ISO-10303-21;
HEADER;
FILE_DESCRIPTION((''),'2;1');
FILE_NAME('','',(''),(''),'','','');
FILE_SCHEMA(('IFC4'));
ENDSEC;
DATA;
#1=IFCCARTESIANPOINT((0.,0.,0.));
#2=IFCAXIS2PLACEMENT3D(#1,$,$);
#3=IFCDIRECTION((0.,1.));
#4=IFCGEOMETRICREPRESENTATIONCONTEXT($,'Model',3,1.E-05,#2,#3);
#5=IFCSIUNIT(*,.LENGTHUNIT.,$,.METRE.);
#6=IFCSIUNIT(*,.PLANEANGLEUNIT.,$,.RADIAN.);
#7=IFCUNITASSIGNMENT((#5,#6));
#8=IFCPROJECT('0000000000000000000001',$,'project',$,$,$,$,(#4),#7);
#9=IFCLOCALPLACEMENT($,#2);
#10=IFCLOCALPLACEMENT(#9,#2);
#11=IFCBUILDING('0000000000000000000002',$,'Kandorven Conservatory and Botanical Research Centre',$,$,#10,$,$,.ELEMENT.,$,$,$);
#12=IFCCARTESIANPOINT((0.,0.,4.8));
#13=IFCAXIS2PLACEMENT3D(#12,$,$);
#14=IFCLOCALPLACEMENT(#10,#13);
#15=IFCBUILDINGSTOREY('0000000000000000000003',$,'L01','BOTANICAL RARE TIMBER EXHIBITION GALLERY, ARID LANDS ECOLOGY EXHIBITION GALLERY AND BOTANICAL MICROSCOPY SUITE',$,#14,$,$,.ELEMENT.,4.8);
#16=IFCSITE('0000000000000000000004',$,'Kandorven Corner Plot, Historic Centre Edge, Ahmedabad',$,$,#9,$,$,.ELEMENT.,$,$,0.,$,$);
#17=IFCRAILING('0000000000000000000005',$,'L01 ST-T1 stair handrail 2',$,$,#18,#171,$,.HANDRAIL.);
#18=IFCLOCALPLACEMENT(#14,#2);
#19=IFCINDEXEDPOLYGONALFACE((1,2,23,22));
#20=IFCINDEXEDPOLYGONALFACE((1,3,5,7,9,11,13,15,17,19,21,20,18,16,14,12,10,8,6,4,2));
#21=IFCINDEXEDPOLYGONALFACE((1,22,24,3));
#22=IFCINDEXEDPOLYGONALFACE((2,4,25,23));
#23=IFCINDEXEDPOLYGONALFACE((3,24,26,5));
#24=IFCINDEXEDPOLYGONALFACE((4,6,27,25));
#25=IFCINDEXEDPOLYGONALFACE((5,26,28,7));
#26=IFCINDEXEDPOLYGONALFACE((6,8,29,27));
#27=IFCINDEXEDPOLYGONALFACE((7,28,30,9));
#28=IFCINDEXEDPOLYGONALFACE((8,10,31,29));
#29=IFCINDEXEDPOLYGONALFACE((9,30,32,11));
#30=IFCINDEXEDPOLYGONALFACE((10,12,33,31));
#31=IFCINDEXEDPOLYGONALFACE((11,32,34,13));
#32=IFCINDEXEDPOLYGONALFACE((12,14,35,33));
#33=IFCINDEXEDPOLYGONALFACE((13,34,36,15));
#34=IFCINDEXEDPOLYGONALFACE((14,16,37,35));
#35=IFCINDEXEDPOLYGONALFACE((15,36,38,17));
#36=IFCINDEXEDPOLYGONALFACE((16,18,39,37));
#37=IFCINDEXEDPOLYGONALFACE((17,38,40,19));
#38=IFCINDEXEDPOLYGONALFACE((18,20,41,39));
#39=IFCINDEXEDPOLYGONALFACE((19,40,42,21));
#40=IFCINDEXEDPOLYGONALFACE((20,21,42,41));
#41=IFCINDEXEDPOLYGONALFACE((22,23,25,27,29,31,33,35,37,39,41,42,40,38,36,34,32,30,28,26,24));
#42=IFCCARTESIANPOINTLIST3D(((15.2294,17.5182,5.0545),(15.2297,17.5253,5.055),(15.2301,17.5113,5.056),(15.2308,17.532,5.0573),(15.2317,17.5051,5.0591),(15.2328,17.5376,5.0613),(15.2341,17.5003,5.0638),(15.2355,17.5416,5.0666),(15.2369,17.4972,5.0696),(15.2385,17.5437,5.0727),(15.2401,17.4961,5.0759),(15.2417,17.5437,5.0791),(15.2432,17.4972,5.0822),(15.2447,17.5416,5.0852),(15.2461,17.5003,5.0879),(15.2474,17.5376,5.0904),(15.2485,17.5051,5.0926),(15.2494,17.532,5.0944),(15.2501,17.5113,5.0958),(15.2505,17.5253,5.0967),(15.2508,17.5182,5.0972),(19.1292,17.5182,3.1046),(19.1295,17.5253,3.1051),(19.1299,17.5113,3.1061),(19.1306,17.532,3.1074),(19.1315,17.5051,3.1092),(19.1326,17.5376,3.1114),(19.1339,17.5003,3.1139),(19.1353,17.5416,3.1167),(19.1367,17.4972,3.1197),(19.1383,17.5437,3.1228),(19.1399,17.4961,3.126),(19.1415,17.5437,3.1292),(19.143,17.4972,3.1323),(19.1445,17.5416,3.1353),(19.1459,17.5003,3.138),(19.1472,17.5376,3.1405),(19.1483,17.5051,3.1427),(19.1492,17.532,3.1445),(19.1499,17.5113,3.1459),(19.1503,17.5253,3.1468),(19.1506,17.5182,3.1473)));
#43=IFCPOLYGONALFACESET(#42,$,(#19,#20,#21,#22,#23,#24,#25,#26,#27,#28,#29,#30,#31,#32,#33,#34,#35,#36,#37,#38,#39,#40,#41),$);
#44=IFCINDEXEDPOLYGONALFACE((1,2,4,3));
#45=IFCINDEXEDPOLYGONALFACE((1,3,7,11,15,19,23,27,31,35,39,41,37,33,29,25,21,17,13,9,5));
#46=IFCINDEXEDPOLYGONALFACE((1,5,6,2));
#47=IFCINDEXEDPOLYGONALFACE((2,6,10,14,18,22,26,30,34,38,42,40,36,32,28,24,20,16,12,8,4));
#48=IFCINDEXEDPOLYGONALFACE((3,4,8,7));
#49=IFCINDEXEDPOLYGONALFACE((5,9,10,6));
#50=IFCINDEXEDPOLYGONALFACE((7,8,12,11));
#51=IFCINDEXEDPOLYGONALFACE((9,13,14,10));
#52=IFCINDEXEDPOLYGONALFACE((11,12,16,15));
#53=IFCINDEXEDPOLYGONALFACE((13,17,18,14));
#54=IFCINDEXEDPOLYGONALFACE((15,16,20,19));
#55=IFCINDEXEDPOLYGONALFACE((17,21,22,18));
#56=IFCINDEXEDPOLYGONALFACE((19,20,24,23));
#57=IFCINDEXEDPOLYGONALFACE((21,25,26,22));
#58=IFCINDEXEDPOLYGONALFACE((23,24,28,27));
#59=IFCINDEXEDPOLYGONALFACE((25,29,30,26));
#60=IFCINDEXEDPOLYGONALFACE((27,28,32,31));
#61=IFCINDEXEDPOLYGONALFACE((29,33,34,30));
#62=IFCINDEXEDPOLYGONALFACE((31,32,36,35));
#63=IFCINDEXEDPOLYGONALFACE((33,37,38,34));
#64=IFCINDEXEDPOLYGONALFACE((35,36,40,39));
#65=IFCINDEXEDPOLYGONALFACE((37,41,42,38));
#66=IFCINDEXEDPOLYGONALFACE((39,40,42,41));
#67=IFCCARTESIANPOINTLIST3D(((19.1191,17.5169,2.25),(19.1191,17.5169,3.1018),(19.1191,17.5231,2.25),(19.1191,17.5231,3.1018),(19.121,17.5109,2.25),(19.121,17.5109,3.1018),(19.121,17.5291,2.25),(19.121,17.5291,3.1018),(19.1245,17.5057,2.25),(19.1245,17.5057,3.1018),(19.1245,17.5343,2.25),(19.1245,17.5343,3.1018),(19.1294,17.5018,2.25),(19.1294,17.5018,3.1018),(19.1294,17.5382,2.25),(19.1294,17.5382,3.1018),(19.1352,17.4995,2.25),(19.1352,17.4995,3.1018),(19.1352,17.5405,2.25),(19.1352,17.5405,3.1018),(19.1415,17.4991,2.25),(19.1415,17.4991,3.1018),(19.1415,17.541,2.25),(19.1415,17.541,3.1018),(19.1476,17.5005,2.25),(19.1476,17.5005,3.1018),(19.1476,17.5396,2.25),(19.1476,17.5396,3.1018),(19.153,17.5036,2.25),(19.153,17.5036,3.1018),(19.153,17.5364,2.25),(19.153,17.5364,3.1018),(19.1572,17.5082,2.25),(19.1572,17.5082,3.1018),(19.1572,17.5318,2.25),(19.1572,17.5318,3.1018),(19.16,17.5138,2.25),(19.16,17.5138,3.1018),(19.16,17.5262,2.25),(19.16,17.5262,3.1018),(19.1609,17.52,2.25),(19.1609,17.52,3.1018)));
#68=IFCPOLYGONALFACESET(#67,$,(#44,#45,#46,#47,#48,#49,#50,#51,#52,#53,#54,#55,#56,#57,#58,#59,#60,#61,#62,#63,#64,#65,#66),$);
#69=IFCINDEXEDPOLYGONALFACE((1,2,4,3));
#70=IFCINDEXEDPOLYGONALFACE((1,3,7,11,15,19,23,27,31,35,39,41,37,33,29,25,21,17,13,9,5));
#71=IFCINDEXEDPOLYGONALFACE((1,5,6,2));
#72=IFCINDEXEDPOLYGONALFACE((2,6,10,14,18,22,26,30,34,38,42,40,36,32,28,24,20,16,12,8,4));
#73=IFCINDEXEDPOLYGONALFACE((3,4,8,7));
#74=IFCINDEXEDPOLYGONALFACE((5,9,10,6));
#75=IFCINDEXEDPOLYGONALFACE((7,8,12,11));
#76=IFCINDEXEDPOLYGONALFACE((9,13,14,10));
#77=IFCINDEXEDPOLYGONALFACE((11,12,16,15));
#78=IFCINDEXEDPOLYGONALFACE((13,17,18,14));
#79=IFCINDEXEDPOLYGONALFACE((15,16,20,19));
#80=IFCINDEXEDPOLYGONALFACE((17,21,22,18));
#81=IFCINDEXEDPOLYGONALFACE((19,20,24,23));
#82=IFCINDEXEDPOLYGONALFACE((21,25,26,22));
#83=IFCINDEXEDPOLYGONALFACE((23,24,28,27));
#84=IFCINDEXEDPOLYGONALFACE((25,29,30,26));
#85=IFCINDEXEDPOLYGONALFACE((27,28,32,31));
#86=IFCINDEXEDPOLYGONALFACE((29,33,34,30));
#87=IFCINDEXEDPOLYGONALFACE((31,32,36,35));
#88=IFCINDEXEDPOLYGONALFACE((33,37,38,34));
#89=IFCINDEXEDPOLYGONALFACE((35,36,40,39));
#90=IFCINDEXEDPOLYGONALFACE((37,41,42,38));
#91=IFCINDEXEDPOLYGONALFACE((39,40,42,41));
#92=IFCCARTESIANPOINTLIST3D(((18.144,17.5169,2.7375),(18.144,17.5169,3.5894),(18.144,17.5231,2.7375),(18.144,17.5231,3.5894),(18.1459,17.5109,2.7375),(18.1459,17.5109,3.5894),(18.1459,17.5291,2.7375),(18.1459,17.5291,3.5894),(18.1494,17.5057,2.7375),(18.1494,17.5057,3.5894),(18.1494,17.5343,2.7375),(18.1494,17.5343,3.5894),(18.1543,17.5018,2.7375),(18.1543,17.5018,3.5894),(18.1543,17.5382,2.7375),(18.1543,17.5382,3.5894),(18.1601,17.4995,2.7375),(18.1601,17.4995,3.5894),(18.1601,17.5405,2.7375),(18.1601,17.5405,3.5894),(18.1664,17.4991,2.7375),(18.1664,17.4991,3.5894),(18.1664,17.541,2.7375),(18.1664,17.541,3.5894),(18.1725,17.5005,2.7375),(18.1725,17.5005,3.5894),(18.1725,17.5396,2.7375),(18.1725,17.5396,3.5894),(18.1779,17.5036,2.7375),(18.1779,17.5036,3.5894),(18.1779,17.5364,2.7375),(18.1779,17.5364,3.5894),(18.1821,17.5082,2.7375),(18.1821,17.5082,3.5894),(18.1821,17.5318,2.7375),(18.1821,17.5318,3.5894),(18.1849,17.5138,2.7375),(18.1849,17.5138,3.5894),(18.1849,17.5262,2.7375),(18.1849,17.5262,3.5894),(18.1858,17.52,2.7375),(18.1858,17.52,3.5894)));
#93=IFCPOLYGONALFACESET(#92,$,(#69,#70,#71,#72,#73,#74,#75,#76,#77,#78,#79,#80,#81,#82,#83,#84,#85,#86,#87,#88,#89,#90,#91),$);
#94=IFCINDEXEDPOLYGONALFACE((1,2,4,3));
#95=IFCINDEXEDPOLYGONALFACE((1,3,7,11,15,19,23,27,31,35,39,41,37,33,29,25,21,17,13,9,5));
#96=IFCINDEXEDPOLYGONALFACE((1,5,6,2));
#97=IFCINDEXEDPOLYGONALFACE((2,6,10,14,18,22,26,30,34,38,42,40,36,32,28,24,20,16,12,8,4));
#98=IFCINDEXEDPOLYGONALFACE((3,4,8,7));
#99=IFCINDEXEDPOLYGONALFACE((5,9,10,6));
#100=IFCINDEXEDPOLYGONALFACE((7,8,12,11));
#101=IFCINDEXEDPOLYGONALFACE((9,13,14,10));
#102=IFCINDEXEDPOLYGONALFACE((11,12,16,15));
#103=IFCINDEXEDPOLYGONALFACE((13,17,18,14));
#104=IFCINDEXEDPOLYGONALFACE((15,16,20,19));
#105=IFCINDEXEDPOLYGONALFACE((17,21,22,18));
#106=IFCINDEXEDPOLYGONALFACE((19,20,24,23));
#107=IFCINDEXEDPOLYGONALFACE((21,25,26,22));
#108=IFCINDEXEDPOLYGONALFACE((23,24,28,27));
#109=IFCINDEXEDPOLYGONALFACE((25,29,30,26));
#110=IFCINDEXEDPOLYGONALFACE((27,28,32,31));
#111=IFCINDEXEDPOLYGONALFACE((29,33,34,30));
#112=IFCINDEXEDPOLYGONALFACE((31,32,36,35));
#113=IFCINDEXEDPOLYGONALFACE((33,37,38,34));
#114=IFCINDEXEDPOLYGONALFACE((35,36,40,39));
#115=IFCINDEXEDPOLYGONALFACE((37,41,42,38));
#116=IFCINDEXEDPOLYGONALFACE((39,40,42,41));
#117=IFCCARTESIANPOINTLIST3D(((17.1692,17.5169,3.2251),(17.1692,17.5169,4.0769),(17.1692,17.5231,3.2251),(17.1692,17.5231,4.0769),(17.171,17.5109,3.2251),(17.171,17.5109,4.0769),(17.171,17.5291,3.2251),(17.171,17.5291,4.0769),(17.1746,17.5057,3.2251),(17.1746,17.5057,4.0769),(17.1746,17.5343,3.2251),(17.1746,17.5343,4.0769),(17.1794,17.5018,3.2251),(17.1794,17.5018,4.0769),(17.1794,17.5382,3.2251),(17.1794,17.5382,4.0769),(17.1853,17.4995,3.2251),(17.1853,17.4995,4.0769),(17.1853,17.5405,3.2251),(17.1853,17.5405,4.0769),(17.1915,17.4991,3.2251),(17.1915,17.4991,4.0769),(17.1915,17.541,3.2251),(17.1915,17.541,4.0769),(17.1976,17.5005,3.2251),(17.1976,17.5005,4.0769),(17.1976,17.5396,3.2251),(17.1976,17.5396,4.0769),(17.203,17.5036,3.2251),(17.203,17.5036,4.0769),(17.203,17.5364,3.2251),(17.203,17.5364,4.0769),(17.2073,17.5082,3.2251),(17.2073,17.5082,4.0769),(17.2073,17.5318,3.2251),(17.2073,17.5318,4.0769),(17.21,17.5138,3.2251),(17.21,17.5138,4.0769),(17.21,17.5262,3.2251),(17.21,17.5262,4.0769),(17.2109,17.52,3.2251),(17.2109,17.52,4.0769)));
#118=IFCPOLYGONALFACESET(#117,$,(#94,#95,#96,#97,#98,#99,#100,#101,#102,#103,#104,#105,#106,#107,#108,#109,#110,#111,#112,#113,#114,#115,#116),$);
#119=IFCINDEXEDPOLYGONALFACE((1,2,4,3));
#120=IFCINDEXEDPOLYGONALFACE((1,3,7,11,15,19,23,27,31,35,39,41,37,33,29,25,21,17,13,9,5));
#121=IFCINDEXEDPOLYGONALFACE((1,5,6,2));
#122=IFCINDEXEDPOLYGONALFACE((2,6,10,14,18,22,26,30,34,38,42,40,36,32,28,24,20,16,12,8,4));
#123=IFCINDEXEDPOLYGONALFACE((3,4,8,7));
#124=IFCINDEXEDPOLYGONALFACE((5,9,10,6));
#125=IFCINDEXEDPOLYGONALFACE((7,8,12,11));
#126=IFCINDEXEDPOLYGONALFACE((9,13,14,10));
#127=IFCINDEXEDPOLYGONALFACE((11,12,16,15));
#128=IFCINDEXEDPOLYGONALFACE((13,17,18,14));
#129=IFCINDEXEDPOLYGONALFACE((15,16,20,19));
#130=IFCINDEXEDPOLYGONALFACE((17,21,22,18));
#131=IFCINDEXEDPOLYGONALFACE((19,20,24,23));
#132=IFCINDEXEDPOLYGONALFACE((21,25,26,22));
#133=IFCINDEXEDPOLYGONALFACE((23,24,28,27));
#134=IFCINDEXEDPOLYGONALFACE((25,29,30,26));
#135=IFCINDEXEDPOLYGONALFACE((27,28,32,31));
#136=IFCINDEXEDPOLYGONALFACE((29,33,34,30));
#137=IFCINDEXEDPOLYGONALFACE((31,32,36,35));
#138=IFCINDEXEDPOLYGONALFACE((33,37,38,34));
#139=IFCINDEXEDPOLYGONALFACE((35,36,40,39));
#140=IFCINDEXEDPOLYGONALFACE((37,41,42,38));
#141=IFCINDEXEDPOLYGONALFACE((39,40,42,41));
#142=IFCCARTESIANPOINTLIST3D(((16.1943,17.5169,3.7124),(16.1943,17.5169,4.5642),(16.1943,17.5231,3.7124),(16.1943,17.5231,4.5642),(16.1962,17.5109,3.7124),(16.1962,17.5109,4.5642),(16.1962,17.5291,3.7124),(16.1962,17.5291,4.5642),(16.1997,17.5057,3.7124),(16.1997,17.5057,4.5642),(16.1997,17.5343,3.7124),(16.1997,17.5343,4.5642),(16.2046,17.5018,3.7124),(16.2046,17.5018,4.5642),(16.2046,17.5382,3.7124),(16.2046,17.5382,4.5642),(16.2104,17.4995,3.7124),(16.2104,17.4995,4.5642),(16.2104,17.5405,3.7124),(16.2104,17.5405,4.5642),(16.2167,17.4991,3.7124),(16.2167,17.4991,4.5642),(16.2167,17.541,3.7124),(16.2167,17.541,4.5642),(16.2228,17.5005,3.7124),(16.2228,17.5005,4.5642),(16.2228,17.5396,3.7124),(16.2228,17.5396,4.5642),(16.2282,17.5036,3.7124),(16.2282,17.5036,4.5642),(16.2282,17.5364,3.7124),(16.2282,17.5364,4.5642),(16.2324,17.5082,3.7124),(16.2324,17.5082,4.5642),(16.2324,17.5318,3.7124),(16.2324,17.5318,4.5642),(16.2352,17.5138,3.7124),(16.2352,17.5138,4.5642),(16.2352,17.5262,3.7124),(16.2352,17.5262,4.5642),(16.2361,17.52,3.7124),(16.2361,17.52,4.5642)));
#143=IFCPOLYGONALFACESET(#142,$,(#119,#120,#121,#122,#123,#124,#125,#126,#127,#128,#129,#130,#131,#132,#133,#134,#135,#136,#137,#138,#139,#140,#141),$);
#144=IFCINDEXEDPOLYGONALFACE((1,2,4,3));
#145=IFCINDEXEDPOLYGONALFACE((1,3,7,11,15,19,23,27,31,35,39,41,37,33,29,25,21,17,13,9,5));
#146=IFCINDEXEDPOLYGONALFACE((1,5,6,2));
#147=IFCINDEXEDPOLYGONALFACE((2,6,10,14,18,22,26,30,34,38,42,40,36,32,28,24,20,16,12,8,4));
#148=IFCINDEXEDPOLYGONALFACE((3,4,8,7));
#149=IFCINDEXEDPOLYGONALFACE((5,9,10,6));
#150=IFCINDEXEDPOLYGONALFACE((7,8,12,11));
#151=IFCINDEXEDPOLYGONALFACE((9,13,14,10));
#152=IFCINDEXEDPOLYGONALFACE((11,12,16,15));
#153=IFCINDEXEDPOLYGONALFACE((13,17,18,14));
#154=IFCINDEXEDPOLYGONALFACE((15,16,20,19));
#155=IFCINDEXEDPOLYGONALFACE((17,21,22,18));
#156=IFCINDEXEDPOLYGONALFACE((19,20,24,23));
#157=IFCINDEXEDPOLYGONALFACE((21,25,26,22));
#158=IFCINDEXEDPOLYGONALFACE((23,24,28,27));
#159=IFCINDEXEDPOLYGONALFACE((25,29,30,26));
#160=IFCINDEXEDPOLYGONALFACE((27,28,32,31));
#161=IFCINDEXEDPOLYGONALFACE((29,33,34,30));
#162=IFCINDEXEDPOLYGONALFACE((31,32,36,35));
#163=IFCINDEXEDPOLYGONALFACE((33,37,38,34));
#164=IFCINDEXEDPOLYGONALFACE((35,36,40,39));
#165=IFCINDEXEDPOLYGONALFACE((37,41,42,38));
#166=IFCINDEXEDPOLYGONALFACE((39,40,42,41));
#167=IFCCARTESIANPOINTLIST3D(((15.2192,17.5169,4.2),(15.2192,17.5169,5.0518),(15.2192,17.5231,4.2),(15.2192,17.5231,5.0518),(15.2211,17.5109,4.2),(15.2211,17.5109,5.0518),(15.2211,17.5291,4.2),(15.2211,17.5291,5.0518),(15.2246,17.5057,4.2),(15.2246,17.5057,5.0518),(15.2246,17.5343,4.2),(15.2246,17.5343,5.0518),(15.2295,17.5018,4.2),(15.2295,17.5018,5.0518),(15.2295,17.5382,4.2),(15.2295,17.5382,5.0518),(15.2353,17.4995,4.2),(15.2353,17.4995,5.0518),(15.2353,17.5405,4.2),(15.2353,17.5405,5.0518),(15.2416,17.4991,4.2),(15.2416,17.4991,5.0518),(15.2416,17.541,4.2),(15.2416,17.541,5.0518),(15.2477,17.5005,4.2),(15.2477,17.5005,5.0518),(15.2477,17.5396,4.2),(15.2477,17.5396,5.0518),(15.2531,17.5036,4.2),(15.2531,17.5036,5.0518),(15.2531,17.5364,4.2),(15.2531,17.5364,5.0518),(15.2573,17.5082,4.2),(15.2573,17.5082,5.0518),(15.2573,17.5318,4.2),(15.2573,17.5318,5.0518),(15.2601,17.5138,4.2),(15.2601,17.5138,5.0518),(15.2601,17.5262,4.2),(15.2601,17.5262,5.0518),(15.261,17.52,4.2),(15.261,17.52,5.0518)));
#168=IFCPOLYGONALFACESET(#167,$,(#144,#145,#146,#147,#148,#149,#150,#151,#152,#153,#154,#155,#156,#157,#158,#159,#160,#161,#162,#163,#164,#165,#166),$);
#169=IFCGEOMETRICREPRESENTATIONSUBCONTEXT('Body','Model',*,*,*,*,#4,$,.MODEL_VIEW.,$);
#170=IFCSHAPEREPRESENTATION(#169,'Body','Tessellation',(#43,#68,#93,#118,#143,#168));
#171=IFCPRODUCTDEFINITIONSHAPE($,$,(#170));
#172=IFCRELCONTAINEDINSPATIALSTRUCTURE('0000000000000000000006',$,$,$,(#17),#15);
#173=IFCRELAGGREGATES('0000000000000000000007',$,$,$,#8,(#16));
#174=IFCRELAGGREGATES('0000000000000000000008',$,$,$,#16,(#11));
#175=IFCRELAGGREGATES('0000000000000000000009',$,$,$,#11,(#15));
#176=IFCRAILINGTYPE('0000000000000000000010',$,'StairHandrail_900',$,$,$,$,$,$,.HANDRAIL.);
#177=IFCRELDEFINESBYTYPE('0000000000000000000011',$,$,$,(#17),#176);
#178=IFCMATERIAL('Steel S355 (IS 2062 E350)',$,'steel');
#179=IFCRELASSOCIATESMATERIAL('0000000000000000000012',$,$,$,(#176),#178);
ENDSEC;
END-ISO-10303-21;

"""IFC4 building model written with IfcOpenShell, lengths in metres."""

from ifc_helpers import new_model, si_unit, direction, frame, origin, origin_2d, place, context, subcontext, project, spatial, circle, extrude, material, type_object, element, save


model = new_model("IFC4")

# Units and contexts
model_context = context("Model", 3, precision=1e-05, world=origin(), true_north=direction((0.0, 1.0)))
body_context = subcontext(model_context, "Body", "Model", "MODEL_VIEW")
ifc_project = project(units=[si_unit("LENGTHUNIT", "METRE"), si_unit("PLANEANGLEUNIT", "RADIAN")], contexts=[model_context])

# Site, building, storey
site_placement = place(None, origin())
site = spatial("IfcSite", under=ifc_project, at=site_placement, Name="Kandorven Corner Plot, Historic Centre Edge, Ahmedabad", CompositionType="ELEMENT", RefElevation=0.0)
building_placement = place(site_placement, origin())
building = spatial("IfcBuilding", under=site, at=building_placement, Name="Kandorven Conservatory and Botanical Research Centre", CompositionType="ELEMENT")
storey_placement = place(building_placement, frame((0.0, 0.0, 4.8)))
storey = spatial("IfcBuildingStorey", under=building, at=storey_placement, Name="L01", Description="BOTANICAL RARE TIMBER EXHIBITION GALLERY, ARID LANDS ECOLOGY EXHIBITION GALLERY AND BOTANICAL MICROSCOPY SUITE", CompositionType="ELEMENT", Elevation=4.8)

# Railing
ifc_material_1 = material(Name="Steel S355 (IS 2062 E350)", Category="steel")
railing_type_1 = type_object("IfcRailingType", Name="StairHandrail_900", PredefinedType="HANDRAIL", material=ifc_material_1)
railing_1_placement = place(storey_placement, frame((19.1399, 17.52, 2.25)))
element("IfcRailing", 1, at=railing_1_placement, inside=storey, type_object=railing_type_1, Name="L01 ST-T1 stair handrail 2", PredefinedType="HANDRAIL", context=body_context, shape_type="SweptSolid", body=[
    extrude(circle(Radius=0.0239, at=origin_2d()), frame((0.0, 0.0, 0.876), z_axis=(-0.894427, 0.0, 0.447214), x_axis=(0.0, -1.0, 0.0)), (0.0, 0.0, 1.0), 4.3601),
    extrude(circle(Radius=0.021, at=origin_2d()), origin(), (0.0, 0.0, 1.0), 0.8518),
    extrude(circle(Radius=0.021, at=origin_2d()), frame((-0.9751, 0.0, 0.4875)), (0.0, 0.0, 1.0), 0.8518),
    extrude(circle(Radius=0.021, at=origin_2d()), frame((-1.95, 0.0, 0.9751)), (0.0, 0.0, 1.0), 0.8518),
    extrude(circle(Radius=0.021, at=origin_2d()), frame((-2.9248, 0.0, 1.4624)), (0.0, 0.0, 1.0), 0.8518),
    extrude(circle(Radius=0.021, at=origin_2d()), frame((-3.8999, 0.0, 1.95)), (0.0, 0.0, 1.0), 0.8518),
])

save(model, "model.ifc")
